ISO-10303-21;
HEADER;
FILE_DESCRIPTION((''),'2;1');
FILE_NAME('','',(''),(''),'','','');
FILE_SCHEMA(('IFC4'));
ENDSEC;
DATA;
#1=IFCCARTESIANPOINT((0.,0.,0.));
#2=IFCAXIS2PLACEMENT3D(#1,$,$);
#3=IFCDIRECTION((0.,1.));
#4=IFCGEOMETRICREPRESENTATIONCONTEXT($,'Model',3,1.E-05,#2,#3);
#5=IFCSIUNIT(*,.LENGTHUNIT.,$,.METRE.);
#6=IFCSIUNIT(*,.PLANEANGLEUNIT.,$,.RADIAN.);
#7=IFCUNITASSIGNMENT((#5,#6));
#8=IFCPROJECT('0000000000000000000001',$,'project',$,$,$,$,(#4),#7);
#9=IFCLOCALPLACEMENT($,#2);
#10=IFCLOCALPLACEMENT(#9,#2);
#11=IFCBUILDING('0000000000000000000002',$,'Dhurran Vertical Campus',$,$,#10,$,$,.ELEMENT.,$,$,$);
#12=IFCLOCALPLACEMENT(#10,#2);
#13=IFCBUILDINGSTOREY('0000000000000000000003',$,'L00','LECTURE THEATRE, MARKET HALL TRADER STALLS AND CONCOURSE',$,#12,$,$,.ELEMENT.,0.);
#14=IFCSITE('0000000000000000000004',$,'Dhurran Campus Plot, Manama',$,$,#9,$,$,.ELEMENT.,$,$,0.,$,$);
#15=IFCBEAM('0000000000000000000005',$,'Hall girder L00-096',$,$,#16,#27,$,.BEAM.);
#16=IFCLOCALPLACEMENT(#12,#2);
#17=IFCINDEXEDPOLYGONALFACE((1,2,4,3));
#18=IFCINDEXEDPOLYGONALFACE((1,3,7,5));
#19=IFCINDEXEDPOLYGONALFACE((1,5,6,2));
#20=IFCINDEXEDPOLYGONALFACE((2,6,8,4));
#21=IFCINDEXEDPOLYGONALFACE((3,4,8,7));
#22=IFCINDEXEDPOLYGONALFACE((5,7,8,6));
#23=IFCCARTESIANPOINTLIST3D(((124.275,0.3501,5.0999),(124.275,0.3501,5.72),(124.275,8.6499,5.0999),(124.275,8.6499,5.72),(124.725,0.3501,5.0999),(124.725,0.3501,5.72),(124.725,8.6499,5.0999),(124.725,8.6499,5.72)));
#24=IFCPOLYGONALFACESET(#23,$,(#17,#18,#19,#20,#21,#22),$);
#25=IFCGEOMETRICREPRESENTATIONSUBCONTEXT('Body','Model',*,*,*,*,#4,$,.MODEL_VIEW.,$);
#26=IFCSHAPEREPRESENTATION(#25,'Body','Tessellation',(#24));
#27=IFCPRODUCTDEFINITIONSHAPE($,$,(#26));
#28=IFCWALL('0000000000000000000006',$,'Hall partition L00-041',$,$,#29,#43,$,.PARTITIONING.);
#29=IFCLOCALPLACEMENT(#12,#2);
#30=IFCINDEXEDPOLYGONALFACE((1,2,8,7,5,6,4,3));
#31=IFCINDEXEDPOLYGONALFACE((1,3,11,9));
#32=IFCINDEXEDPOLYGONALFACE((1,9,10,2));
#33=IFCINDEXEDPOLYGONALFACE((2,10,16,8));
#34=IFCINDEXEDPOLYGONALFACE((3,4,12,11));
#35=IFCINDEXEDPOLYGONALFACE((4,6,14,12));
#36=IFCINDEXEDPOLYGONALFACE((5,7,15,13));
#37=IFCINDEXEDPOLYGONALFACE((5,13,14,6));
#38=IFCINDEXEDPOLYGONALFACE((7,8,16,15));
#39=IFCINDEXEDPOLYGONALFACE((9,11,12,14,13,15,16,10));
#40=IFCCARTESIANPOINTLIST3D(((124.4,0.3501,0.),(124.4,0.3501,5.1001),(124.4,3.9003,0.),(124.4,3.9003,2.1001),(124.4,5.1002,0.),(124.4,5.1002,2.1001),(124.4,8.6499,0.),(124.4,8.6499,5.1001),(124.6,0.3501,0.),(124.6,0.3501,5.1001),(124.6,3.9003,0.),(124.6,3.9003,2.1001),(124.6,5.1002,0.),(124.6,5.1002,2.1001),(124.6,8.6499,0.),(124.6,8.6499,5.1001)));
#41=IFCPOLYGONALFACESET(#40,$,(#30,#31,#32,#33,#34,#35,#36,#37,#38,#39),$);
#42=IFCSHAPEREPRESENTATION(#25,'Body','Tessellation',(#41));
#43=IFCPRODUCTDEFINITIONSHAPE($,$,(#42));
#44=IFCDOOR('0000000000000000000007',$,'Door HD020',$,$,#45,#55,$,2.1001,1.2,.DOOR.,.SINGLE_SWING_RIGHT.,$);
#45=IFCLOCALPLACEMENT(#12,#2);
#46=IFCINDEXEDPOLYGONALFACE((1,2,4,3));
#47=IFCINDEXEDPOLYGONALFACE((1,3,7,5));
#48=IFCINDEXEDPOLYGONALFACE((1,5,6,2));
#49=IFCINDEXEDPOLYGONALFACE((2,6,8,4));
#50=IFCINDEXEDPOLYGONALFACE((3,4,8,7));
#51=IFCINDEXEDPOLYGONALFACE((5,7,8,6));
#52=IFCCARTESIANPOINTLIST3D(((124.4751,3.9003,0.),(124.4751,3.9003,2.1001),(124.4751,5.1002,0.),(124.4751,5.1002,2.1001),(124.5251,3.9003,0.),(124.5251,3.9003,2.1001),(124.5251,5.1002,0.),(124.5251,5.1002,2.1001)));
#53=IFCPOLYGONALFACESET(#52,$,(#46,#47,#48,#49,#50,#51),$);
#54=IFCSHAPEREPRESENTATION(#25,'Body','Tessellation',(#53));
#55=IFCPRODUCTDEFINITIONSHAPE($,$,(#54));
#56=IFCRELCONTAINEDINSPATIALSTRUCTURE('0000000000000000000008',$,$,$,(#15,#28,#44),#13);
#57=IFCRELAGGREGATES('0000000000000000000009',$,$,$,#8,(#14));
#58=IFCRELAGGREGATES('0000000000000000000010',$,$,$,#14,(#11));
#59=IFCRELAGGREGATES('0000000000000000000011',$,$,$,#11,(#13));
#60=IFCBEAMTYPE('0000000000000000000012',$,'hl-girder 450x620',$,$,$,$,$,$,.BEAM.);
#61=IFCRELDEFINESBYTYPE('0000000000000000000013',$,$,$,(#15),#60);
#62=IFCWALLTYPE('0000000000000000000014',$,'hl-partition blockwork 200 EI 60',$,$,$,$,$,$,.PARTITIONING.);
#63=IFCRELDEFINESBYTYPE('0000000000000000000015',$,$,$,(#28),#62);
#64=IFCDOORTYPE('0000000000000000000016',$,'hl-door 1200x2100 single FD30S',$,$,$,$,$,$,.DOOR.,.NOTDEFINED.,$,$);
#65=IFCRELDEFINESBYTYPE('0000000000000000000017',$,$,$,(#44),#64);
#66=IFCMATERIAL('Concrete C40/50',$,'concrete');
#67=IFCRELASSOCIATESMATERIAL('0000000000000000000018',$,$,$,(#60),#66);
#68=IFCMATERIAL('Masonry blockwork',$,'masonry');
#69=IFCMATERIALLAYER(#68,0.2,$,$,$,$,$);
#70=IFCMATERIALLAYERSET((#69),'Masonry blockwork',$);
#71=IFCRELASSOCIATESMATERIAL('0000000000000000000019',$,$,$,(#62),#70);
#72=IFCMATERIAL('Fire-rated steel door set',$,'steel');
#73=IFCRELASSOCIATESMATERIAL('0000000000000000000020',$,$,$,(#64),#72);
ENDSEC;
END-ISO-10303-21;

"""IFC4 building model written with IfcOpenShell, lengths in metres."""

from ifc_helpers import new_model, si_unit, direction, frame, frame_2d, origin, origin_2d, place, context, subcontext, project, spatial, rectangle, extrude, material, layer, layer_set, material_profile, profile_set, type_object, element, fill, save


model = new_model("IFC4")

# Units and contexts
model_context = context("Model", 3, precision=1e-05, world=origin(), true_north=direction((0.0, 1.0)))
body_context = subcontext(model_context, "Body", "Model", "MODEL_VIEW")
ifc_project = project(units=[si_unit("LENGTHUNIT", "METRE"), si_unit("PLANEANGLEUNIT", "RADIAN")], contexts=[model_context])

# Site, building, storey
site_placement = place(None, origin())
site = spatial("IfcSite", under=ifc_project, at=site_placement, Name="Dhurran Campus Plot, Manama", CompositionType="ELEMENT", RefElevation=0.0)
building_placement = place(site_placement, origin())
building = spatial("IfcBuilding", under=site, at=building_placement, Name="Dhurran Vertical Campus", CompositionType="ELEMENT")
storey_placement = place(building_placement, origin())
storey = spatial("IfcBuildingStorey", under=building, at=storey_placement, Name="L00", Description="LECTURE THEATRE, MARKET HALL TRADER STALLS AND CONCOURSE", CompositionType="ELEMENT", Elevation=0.0)

# Beam
ifc_material_1 = material(Name="Concrete C40/50", Category="concrete")
ifc_material_profile_1 = material_profile(ifc_material_1, rectangle(XDim=0.45, YDim=0.6201, at=origin_2d()), Name="hl-girder 450x620")
ifc_profile_set_1 = profile_set([ifc_material_profile_1], Name="Concrete C40/50")
beam_type = type_object("IfcBeamType", Name="hl-girder 450x620", PredefinedType="BEAM", material=ifc_profile_set_1)
for number, where, z_axis, x_axis, name in (
    (1, (124.5, 0.3501, 5.4099), (0.0, 1.0, 0.0), (-1.0, 0.0, 0.0), "Hall girder L00-096"),
):
    element("IfcBeam", number, at=place(storey_placement, frame(where, z_axis=z_axis, x_axis=x_axis)), inside=storey, type_object=beam_type, Name=name, PredefinedType="BEAM", context=body_context, shape_type="SweptSolid", body=[
        extrude(rectangle(XDim=0.45, YDim=0.6201, at=origin_2d()), origin(), (0.0, 0.0, 1.0), 8.2998),
    ])

# Wall, opening, door
ifc_material_2 = material(Name="Masonry blockwork", Category="masonry")
ifc_layer = layer(ifc_material_2, 0.2)
ifc_layer_set = layer_set([ifc_layer], Name="Masonry blockwork")
wall_type = type_object("IfcWallType", Name="hl-partition blockwork 200 EI 60", PredefinedType="PARTITIONING", material=ifc_layer_set)
wall_placement = place(storey_placement, frame((124.5, 0.3501, 0.0), z_axis=(0.0, 0.0, 1.0), x_axis=(0.0, 1.0, 0.0)))
wall = element("IfcWall", 2, at=wall_placement, inside=storey, type_object=wall_type, Name="Hall partition L00-041", PredefinedType="PARTITIONING", context=body_context, shape_type="SweptSolid", body=[
    extrude(rectangle(XDim=8.2998, YDim=0.2, at=frame_2d((4.1499, 0.0))), origin(), (0.0, 0.0, 1.0), 5.1001),
])
opening_placement = place(wall_placement, frame((3.55, 0.0, 0.0)))
opening = element("IfcOpeningElement", 3, at=opening_placement, cuts=wall, PredefinedType="OPENING", context=body_context, shape_type="SweptSolid", body=[
    extrude(rectangle(XDim=1.2, YDim=2.1001, at=frame_2d((0.6001, 1.05))), frame((0.0, 0.1099, 0.0), z_axis=(0.0, -1.0, 0.0), x_axis=(1.0, 0.0, 0.0)), (0.0, 0.0, 1.0), 0.22),
])
ifc_material_3 = material(Name="Fire-rated steel door set", Category="steel")
door_type = type_object("IfcDoorType", Name="hl-door 1200x2100 single FD30S", OperationType="NOTDEFINED", PredefinedType="DOOR", material=ifc_material_3)
door_placement = place(opening_placement, origin())
door = element("IfcDoor", 4, at=door_placement, inside=storey, type_object=door_type, Name="Door HD020", OperationType="SINGLE_SWING_RIGHT", OverallHeight=2.1001, OverallWidth=1.2, PredefinedType="DOOR", context=body_context, shape_type="SweptSolid", body=[
    extrude(rectangle(XDim=1.2, YDim=2.1001, at=frame_2d((0.6001, 1.05))), frame((0.0, 0.0249, 0.0), z_axis=(0.0, -1.0, 0.0), x_axis=(1.0, 0.0, 0.0)), (0.0, 0.0, 1.0), 0.05),
])
fill(opening, door)

save(model, "model.ifc")
